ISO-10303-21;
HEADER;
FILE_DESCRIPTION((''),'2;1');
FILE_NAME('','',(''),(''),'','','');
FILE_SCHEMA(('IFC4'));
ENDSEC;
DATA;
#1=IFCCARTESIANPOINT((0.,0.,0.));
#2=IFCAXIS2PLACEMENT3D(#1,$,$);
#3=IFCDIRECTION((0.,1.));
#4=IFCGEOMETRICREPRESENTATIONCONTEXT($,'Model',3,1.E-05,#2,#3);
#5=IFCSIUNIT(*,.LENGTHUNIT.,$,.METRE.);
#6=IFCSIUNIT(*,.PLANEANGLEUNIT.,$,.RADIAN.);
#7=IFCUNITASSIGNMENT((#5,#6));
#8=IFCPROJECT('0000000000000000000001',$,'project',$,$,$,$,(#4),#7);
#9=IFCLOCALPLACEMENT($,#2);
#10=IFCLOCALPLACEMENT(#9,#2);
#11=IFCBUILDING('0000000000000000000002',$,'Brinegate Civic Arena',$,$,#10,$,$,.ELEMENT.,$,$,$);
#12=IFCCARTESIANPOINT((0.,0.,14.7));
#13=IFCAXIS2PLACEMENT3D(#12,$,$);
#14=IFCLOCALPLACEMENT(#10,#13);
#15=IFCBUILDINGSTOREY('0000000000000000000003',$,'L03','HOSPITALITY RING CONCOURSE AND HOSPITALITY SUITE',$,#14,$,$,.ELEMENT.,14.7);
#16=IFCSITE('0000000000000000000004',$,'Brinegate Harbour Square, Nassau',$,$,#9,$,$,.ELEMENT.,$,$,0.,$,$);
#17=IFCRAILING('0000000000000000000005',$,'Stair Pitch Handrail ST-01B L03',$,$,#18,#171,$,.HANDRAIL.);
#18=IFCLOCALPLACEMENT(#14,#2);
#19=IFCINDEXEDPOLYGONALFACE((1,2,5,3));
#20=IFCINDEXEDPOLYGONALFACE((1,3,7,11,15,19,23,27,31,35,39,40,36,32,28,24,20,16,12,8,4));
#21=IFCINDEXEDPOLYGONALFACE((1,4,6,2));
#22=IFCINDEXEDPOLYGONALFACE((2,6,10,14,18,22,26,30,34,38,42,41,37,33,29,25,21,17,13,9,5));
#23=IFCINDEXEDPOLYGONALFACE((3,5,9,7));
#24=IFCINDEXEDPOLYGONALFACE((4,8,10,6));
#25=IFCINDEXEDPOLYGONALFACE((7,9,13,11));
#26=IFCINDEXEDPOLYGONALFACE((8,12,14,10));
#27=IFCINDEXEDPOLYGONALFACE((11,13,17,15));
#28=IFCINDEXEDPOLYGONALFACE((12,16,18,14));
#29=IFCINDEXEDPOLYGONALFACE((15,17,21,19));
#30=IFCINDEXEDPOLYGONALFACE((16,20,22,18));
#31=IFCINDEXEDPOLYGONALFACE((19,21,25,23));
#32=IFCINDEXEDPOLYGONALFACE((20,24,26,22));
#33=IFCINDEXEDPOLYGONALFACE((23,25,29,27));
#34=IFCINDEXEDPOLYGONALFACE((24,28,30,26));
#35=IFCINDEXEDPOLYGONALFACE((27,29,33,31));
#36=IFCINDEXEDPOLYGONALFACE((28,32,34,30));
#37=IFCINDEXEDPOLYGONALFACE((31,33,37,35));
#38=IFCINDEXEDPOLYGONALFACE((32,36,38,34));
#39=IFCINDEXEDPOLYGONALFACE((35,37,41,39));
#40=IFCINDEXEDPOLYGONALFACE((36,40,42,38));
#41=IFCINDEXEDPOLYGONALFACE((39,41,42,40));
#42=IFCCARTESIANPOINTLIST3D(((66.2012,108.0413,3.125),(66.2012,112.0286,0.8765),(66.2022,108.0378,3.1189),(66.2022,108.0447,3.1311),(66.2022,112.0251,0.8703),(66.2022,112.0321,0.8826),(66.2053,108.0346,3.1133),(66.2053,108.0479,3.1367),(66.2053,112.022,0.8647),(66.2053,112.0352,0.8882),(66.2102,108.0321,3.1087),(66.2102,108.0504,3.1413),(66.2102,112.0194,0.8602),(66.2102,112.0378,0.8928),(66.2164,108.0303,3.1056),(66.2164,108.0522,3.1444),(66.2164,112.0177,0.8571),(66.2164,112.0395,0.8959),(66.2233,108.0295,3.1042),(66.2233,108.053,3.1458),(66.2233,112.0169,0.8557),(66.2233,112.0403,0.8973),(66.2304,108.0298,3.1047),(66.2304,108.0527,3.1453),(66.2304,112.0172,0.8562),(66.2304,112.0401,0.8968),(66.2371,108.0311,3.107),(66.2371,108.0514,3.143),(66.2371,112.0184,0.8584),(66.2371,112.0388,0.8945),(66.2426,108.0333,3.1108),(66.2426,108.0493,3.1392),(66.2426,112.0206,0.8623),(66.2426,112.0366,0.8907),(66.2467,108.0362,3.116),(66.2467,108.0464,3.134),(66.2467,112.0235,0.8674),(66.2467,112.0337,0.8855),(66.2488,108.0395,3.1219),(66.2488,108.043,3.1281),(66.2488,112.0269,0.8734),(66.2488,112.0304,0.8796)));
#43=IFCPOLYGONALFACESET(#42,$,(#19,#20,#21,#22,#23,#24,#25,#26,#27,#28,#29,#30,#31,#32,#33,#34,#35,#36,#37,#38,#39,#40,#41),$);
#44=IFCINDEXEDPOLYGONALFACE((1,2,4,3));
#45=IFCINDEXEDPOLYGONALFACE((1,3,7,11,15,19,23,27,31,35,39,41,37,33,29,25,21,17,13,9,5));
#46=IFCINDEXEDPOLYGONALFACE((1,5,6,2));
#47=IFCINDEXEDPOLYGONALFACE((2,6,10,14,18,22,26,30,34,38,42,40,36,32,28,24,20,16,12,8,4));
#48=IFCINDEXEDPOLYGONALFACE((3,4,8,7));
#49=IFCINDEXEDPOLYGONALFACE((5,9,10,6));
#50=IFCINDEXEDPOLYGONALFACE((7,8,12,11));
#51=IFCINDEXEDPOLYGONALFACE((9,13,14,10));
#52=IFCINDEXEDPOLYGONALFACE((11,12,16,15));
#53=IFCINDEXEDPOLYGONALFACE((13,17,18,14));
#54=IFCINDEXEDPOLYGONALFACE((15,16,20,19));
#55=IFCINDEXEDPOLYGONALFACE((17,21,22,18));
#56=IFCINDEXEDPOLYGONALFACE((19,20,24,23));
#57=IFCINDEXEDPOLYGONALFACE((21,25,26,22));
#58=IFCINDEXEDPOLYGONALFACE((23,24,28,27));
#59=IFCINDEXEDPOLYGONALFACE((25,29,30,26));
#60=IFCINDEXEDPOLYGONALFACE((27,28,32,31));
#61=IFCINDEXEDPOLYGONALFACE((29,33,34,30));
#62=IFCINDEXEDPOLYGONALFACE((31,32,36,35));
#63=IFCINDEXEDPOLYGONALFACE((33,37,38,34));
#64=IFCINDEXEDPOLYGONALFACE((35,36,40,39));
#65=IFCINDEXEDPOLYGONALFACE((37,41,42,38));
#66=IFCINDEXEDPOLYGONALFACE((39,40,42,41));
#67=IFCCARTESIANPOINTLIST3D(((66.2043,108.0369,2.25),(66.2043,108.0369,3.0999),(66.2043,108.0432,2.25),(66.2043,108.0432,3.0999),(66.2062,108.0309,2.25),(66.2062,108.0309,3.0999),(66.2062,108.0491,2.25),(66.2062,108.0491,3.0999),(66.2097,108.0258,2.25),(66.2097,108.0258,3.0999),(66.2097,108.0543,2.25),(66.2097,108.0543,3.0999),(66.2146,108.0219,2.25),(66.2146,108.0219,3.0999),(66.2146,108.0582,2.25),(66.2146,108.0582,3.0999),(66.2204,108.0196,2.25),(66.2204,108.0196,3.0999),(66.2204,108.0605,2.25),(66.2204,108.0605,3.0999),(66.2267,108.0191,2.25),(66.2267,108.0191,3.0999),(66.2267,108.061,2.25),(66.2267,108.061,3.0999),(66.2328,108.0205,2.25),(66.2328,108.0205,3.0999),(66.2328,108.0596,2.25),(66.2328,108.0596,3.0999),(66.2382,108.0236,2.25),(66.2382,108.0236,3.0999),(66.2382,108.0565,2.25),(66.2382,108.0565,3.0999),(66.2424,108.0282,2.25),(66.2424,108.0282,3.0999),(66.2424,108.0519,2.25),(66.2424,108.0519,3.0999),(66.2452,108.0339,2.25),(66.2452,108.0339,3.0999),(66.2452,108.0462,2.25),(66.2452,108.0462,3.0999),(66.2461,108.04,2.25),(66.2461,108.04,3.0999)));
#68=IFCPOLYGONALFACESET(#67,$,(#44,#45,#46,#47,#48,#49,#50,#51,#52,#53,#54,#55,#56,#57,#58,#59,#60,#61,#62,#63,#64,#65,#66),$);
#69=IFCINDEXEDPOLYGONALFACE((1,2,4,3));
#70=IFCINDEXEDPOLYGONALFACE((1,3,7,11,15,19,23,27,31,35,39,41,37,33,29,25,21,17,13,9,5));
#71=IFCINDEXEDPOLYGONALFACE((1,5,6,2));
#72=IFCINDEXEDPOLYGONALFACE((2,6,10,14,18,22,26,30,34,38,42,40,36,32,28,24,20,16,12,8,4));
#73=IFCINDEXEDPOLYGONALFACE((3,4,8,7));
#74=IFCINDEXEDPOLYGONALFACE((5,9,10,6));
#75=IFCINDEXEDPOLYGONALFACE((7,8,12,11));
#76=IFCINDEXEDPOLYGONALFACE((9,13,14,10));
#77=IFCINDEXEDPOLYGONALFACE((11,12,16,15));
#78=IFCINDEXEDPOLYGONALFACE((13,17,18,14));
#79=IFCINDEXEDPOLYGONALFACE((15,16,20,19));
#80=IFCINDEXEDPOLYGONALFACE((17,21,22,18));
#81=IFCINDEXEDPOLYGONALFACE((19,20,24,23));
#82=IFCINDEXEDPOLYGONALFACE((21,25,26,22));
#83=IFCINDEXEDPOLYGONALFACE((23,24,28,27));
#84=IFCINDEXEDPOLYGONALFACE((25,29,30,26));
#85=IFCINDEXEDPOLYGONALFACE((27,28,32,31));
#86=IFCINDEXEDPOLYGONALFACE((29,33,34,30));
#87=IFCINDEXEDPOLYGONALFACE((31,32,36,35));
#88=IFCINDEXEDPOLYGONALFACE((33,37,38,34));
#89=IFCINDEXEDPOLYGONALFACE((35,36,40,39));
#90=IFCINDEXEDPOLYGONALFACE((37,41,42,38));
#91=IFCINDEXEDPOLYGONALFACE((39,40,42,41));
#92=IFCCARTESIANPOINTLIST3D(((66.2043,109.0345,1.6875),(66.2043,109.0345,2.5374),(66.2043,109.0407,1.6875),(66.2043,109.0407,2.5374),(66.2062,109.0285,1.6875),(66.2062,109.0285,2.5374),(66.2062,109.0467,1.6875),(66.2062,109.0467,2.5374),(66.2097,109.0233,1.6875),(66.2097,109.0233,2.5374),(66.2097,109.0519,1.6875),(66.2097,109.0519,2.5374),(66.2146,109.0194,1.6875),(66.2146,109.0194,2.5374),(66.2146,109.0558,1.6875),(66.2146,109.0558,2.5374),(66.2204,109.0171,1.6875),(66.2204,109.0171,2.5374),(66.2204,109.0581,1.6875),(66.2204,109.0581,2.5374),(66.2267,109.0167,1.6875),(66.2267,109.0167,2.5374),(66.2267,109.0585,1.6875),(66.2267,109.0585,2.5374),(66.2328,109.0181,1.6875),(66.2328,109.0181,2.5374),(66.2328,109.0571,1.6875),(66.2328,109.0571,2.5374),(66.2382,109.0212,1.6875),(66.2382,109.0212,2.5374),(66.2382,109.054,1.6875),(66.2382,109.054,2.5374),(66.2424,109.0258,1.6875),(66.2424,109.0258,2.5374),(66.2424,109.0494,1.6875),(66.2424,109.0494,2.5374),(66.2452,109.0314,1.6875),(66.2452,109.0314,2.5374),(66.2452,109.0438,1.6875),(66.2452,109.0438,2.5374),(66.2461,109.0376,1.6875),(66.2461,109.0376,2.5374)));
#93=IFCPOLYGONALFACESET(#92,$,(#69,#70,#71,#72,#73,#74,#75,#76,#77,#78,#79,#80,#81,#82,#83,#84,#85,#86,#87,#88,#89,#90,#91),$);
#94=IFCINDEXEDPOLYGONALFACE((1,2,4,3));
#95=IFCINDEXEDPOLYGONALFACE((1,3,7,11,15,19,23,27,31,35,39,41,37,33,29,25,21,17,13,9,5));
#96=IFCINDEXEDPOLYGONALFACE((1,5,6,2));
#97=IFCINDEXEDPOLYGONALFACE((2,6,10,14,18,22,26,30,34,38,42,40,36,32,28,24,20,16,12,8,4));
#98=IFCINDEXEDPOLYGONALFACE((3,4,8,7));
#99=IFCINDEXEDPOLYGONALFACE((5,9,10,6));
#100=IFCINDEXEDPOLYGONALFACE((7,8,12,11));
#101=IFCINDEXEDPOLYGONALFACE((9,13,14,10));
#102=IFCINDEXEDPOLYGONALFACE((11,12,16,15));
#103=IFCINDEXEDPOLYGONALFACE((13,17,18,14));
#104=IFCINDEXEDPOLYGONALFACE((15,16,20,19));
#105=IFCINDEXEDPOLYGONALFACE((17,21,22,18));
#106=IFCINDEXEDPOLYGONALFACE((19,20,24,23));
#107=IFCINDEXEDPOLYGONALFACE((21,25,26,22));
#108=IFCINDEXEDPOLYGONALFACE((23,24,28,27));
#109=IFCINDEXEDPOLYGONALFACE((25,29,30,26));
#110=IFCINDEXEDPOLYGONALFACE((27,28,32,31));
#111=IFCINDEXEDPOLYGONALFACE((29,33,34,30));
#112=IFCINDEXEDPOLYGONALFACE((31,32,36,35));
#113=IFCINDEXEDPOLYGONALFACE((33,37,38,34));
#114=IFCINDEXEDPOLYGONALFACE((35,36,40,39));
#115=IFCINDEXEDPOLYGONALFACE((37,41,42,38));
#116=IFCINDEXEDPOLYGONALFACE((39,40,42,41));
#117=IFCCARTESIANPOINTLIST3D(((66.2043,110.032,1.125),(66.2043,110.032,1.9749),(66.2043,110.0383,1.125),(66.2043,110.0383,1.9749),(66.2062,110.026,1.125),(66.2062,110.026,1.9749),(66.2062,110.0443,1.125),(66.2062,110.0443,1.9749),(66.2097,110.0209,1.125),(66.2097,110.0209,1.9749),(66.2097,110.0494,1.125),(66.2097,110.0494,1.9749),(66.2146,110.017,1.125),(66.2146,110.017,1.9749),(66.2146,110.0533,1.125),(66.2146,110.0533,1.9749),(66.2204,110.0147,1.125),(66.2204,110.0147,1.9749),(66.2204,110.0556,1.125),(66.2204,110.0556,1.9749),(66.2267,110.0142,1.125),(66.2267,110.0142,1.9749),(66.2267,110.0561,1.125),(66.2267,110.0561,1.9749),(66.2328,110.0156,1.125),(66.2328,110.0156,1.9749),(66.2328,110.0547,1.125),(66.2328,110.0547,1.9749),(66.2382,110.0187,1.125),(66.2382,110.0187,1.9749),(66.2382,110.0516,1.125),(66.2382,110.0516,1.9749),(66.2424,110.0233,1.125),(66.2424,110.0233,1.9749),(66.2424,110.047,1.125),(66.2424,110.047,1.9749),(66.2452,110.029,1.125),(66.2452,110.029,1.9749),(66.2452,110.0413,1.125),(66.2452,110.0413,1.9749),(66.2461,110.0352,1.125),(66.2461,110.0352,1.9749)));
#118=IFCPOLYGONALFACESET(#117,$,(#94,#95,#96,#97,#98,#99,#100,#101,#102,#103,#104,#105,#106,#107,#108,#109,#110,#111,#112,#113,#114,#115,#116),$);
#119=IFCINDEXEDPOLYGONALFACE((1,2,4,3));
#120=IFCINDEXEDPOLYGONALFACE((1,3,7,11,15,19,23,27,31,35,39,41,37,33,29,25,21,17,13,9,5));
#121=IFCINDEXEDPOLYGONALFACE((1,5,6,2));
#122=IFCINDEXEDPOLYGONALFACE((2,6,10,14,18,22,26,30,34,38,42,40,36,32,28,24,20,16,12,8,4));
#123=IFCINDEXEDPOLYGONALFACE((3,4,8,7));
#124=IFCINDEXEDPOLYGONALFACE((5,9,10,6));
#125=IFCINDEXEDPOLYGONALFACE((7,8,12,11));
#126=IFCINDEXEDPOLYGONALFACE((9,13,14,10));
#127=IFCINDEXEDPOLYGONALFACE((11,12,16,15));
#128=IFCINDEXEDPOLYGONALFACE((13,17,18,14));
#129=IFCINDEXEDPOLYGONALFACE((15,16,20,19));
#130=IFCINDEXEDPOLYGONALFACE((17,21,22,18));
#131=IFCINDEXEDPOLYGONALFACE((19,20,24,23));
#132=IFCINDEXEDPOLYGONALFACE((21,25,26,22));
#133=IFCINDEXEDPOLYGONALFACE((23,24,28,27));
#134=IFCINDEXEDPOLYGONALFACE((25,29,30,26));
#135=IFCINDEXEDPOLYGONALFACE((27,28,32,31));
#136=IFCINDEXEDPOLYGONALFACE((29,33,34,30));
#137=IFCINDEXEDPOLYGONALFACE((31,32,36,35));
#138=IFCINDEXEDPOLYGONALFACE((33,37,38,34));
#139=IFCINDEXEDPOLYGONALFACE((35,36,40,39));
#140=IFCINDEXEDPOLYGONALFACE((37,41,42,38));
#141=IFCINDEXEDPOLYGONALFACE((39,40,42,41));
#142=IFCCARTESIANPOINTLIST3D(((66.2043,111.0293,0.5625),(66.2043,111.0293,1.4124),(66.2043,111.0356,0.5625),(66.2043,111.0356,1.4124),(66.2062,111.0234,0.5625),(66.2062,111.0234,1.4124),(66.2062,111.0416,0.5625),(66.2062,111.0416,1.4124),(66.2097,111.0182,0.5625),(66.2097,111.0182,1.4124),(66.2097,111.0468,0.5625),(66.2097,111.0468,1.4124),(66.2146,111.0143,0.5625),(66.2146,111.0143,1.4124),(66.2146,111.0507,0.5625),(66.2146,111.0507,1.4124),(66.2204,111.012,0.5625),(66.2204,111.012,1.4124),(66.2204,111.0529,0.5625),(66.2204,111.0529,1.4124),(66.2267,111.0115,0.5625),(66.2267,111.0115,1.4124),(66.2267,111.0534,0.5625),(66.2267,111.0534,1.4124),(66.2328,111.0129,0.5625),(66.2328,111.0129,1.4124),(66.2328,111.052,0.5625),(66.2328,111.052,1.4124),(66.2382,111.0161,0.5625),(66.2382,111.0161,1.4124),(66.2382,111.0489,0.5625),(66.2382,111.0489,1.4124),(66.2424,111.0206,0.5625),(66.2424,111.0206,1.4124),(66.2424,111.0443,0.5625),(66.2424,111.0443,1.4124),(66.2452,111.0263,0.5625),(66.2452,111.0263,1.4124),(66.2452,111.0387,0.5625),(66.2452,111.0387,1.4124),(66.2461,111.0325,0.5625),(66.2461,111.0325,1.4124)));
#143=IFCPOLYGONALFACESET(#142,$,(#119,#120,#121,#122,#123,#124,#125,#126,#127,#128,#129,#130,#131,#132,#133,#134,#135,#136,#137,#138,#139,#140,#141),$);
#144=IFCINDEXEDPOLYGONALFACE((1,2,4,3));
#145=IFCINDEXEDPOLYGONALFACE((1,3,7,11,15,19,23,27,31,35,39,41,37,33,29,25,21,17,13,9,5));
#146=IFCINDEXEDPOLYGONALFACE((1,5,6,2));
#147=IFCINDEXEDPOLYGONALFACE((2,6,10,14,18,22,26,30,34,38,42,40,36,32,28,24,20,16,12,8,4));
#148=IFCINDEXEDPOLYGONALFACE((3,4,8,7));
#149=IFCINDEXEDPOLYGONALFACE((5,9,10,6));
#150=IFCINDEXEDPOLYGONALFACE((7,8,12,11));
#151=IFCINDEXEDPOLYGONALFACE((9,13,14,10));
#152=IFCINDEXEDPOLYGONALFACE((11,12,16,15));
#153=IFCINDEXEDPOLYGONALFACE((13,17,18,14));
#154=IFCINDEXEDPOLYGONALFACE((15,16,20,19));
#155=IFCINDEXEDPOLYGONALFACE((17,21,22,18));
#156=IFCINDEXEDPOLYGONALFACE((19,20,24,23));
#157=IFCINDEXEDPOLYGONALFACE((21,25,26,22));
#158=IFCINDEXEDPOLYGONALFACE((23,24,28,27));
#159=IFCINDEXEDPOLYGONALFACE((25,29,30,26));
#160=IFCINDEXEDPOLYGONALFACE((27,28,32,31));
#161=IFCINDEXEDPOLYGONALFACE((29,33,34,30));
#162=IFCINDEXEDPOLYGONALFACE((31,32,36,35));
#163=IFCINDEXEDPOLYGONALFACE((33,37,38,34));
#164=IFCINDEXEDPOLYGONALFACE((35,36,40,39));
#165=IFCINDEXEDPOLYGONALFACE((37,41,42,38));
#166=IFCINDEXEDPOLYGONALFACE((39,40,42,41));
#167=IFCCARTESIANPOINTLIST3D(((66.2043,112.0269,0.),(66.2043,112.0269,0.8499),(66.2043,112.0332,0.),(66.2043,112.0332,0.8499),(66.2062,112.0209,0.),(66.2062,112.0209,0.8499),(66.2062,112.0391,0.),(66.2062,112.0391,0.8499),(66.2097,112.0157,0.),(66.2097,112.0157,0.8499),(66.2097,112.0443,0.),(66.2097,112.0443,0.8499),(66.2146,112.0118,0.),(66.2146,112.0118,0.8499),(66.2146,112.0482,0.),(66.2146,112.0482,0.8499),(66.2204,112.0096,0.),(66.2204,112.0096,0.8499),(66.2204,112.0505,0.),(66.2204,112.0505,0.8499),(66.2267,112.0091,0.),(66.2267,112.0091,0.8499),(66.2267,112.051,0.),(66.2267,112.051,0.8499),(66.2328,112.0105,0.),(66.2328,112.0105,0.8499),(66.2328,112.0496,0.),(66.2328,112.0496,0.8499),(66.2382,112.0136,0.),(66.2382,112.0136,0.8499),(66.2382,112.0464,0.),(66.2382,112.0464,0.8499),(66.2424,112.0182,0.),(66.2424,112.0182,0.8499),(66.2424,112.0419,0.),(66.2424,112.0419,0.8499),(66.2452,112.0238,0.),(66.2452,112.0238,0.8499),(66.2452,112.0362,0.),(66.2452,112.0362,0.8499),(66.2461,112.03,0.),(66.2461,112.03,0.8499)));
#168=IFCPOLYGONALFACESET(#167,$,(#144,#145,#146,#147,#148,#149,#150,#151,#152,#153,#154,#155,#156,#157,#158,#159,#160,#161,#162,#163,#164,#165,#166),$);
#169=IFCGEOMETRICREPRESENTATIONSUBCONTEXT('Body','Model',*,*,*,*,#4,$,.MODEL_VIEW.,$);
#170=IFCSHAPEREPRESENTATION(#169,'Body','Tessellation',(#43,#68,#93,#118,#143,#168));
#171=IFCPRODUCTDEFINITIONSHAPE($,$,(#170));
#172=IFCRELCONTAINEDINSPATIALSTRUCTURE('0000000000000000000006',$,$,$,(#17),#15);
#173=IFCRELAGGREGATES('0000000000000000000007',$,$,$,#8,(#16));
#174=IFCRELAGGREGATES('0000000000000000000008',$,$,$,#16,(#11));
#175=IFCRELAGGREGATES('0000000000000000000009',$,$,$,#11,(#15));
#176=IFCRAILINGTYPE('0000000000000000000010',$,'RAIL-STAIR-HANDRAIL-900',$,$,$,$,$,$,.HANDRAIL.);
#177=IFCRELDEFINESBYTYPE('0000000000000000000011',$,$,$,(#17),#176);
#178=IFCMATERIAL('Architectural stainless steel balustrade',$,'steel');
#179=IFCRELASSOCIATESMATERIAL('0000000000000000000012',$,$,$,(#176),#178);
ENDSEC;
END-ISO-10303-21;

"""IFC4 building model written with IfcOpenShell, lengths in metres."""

from ifc_helpers import new_model, si_unit, direction, frame, origin, origin_2d, place, context, subcontext, project, spatial, circle, extrude, material, type_object, element, save


model = new_model("IFC4")

# Units and contexts
model_context = context("Model", 3, precision=1e-05, world=origin(), true_north=direction((0.0, 1.0)))
body_context = subcontext(model_context, "Body", "Model", "MODEL_VIEW")
ifc_project = project(units=[si_unit("LENGTHUNIT", "METRE"), si_unit("PLANEANGLEUNIT", "RADIAN")], contexts=[model_context])

# Site, building, storey
site_placement = place(None, origin())
site = spatial("IfcSite", under=ifc_project, at=site_placement, Name="Brinegate Harbour Square, Nassau", CompositionType="ELEMENT", RefElevation=0.0)
building_placement = place(site_placement, origin())
building = spatial("IfcBuilding", under=site, at=building_placement, Name="Brinegate Civic Arena", CompositionType="ELEMENT")
storey_placement = place(building_placement, frame((0.0, 0.0, 14.7)))
storey = spatial("IfcBuildingStorey", under=building, at=storey_placement, Name="L03", Description="HOSPITALITY RING CONCOURSE AND HOSPITALITY SUITE", CompositionType="ELEMENT", Elevation=14.7)

# Railing
ifc_material_1 = material(Name="Architectural stainless steel balustrade", Category="steel")
railing_type_1 = type_object("IfcRailingType", Name="RAIL-STAIR-HANDRAIL-900", PredefinedType="HANDRAIL", material=ifc_material_1)
for number, where, name in (
    (1, (66.2251, 108.04, 2.25), "Stair Pitch Handrail ST-01B L03"),
):
    element("IfcRailing", number, at=place(storey_placement, frame(where)), inside=storey, type_object=railing_type_1, Name=name, PredefinedType="HANDRAIL", context=body_context, shape_type="SweptSolid", body=[
        extrude(circle(Radius=0.0239, at=origin_2d()), frame((0.0, 0.0012, 0.875), z_axis=(0.0, 0.87105, -0.491195), x_axis=(-1.0, 0.0, 0.0)), (0.0, 0.0, 1.0), 4.5776),
        extrude(circle(Radius=0.021, at=origin_2d()), origin(), (0.0, 0.0, 1.0), 0.8499),
        extrude(circle(Radius=0.021, at=origin_2d()), frame((0.0, 0.9976, -0.5625)), (0.0, 0.0, 1.0), 0.8499),
        extrude(circle(Radius=0.021, at=origin_2d()), frame((0.0, 1.9951, -1.125)), (0.0, 0.0, 1.0), 0.8499),
        extrude(circle(Radius=0.021, at=origin_2d()), frame((0.0, 2.9924, -1.6875)), (0.0, 0.0, 1.0), 0.8499),
        extrude(circle(Radius=0.021, at=origin_2d()), frame((0.0, 3.99, -2.25)), (0.0, 0.0, 1.0), 0.8499),
    ])

save(model, "model.ifc")
